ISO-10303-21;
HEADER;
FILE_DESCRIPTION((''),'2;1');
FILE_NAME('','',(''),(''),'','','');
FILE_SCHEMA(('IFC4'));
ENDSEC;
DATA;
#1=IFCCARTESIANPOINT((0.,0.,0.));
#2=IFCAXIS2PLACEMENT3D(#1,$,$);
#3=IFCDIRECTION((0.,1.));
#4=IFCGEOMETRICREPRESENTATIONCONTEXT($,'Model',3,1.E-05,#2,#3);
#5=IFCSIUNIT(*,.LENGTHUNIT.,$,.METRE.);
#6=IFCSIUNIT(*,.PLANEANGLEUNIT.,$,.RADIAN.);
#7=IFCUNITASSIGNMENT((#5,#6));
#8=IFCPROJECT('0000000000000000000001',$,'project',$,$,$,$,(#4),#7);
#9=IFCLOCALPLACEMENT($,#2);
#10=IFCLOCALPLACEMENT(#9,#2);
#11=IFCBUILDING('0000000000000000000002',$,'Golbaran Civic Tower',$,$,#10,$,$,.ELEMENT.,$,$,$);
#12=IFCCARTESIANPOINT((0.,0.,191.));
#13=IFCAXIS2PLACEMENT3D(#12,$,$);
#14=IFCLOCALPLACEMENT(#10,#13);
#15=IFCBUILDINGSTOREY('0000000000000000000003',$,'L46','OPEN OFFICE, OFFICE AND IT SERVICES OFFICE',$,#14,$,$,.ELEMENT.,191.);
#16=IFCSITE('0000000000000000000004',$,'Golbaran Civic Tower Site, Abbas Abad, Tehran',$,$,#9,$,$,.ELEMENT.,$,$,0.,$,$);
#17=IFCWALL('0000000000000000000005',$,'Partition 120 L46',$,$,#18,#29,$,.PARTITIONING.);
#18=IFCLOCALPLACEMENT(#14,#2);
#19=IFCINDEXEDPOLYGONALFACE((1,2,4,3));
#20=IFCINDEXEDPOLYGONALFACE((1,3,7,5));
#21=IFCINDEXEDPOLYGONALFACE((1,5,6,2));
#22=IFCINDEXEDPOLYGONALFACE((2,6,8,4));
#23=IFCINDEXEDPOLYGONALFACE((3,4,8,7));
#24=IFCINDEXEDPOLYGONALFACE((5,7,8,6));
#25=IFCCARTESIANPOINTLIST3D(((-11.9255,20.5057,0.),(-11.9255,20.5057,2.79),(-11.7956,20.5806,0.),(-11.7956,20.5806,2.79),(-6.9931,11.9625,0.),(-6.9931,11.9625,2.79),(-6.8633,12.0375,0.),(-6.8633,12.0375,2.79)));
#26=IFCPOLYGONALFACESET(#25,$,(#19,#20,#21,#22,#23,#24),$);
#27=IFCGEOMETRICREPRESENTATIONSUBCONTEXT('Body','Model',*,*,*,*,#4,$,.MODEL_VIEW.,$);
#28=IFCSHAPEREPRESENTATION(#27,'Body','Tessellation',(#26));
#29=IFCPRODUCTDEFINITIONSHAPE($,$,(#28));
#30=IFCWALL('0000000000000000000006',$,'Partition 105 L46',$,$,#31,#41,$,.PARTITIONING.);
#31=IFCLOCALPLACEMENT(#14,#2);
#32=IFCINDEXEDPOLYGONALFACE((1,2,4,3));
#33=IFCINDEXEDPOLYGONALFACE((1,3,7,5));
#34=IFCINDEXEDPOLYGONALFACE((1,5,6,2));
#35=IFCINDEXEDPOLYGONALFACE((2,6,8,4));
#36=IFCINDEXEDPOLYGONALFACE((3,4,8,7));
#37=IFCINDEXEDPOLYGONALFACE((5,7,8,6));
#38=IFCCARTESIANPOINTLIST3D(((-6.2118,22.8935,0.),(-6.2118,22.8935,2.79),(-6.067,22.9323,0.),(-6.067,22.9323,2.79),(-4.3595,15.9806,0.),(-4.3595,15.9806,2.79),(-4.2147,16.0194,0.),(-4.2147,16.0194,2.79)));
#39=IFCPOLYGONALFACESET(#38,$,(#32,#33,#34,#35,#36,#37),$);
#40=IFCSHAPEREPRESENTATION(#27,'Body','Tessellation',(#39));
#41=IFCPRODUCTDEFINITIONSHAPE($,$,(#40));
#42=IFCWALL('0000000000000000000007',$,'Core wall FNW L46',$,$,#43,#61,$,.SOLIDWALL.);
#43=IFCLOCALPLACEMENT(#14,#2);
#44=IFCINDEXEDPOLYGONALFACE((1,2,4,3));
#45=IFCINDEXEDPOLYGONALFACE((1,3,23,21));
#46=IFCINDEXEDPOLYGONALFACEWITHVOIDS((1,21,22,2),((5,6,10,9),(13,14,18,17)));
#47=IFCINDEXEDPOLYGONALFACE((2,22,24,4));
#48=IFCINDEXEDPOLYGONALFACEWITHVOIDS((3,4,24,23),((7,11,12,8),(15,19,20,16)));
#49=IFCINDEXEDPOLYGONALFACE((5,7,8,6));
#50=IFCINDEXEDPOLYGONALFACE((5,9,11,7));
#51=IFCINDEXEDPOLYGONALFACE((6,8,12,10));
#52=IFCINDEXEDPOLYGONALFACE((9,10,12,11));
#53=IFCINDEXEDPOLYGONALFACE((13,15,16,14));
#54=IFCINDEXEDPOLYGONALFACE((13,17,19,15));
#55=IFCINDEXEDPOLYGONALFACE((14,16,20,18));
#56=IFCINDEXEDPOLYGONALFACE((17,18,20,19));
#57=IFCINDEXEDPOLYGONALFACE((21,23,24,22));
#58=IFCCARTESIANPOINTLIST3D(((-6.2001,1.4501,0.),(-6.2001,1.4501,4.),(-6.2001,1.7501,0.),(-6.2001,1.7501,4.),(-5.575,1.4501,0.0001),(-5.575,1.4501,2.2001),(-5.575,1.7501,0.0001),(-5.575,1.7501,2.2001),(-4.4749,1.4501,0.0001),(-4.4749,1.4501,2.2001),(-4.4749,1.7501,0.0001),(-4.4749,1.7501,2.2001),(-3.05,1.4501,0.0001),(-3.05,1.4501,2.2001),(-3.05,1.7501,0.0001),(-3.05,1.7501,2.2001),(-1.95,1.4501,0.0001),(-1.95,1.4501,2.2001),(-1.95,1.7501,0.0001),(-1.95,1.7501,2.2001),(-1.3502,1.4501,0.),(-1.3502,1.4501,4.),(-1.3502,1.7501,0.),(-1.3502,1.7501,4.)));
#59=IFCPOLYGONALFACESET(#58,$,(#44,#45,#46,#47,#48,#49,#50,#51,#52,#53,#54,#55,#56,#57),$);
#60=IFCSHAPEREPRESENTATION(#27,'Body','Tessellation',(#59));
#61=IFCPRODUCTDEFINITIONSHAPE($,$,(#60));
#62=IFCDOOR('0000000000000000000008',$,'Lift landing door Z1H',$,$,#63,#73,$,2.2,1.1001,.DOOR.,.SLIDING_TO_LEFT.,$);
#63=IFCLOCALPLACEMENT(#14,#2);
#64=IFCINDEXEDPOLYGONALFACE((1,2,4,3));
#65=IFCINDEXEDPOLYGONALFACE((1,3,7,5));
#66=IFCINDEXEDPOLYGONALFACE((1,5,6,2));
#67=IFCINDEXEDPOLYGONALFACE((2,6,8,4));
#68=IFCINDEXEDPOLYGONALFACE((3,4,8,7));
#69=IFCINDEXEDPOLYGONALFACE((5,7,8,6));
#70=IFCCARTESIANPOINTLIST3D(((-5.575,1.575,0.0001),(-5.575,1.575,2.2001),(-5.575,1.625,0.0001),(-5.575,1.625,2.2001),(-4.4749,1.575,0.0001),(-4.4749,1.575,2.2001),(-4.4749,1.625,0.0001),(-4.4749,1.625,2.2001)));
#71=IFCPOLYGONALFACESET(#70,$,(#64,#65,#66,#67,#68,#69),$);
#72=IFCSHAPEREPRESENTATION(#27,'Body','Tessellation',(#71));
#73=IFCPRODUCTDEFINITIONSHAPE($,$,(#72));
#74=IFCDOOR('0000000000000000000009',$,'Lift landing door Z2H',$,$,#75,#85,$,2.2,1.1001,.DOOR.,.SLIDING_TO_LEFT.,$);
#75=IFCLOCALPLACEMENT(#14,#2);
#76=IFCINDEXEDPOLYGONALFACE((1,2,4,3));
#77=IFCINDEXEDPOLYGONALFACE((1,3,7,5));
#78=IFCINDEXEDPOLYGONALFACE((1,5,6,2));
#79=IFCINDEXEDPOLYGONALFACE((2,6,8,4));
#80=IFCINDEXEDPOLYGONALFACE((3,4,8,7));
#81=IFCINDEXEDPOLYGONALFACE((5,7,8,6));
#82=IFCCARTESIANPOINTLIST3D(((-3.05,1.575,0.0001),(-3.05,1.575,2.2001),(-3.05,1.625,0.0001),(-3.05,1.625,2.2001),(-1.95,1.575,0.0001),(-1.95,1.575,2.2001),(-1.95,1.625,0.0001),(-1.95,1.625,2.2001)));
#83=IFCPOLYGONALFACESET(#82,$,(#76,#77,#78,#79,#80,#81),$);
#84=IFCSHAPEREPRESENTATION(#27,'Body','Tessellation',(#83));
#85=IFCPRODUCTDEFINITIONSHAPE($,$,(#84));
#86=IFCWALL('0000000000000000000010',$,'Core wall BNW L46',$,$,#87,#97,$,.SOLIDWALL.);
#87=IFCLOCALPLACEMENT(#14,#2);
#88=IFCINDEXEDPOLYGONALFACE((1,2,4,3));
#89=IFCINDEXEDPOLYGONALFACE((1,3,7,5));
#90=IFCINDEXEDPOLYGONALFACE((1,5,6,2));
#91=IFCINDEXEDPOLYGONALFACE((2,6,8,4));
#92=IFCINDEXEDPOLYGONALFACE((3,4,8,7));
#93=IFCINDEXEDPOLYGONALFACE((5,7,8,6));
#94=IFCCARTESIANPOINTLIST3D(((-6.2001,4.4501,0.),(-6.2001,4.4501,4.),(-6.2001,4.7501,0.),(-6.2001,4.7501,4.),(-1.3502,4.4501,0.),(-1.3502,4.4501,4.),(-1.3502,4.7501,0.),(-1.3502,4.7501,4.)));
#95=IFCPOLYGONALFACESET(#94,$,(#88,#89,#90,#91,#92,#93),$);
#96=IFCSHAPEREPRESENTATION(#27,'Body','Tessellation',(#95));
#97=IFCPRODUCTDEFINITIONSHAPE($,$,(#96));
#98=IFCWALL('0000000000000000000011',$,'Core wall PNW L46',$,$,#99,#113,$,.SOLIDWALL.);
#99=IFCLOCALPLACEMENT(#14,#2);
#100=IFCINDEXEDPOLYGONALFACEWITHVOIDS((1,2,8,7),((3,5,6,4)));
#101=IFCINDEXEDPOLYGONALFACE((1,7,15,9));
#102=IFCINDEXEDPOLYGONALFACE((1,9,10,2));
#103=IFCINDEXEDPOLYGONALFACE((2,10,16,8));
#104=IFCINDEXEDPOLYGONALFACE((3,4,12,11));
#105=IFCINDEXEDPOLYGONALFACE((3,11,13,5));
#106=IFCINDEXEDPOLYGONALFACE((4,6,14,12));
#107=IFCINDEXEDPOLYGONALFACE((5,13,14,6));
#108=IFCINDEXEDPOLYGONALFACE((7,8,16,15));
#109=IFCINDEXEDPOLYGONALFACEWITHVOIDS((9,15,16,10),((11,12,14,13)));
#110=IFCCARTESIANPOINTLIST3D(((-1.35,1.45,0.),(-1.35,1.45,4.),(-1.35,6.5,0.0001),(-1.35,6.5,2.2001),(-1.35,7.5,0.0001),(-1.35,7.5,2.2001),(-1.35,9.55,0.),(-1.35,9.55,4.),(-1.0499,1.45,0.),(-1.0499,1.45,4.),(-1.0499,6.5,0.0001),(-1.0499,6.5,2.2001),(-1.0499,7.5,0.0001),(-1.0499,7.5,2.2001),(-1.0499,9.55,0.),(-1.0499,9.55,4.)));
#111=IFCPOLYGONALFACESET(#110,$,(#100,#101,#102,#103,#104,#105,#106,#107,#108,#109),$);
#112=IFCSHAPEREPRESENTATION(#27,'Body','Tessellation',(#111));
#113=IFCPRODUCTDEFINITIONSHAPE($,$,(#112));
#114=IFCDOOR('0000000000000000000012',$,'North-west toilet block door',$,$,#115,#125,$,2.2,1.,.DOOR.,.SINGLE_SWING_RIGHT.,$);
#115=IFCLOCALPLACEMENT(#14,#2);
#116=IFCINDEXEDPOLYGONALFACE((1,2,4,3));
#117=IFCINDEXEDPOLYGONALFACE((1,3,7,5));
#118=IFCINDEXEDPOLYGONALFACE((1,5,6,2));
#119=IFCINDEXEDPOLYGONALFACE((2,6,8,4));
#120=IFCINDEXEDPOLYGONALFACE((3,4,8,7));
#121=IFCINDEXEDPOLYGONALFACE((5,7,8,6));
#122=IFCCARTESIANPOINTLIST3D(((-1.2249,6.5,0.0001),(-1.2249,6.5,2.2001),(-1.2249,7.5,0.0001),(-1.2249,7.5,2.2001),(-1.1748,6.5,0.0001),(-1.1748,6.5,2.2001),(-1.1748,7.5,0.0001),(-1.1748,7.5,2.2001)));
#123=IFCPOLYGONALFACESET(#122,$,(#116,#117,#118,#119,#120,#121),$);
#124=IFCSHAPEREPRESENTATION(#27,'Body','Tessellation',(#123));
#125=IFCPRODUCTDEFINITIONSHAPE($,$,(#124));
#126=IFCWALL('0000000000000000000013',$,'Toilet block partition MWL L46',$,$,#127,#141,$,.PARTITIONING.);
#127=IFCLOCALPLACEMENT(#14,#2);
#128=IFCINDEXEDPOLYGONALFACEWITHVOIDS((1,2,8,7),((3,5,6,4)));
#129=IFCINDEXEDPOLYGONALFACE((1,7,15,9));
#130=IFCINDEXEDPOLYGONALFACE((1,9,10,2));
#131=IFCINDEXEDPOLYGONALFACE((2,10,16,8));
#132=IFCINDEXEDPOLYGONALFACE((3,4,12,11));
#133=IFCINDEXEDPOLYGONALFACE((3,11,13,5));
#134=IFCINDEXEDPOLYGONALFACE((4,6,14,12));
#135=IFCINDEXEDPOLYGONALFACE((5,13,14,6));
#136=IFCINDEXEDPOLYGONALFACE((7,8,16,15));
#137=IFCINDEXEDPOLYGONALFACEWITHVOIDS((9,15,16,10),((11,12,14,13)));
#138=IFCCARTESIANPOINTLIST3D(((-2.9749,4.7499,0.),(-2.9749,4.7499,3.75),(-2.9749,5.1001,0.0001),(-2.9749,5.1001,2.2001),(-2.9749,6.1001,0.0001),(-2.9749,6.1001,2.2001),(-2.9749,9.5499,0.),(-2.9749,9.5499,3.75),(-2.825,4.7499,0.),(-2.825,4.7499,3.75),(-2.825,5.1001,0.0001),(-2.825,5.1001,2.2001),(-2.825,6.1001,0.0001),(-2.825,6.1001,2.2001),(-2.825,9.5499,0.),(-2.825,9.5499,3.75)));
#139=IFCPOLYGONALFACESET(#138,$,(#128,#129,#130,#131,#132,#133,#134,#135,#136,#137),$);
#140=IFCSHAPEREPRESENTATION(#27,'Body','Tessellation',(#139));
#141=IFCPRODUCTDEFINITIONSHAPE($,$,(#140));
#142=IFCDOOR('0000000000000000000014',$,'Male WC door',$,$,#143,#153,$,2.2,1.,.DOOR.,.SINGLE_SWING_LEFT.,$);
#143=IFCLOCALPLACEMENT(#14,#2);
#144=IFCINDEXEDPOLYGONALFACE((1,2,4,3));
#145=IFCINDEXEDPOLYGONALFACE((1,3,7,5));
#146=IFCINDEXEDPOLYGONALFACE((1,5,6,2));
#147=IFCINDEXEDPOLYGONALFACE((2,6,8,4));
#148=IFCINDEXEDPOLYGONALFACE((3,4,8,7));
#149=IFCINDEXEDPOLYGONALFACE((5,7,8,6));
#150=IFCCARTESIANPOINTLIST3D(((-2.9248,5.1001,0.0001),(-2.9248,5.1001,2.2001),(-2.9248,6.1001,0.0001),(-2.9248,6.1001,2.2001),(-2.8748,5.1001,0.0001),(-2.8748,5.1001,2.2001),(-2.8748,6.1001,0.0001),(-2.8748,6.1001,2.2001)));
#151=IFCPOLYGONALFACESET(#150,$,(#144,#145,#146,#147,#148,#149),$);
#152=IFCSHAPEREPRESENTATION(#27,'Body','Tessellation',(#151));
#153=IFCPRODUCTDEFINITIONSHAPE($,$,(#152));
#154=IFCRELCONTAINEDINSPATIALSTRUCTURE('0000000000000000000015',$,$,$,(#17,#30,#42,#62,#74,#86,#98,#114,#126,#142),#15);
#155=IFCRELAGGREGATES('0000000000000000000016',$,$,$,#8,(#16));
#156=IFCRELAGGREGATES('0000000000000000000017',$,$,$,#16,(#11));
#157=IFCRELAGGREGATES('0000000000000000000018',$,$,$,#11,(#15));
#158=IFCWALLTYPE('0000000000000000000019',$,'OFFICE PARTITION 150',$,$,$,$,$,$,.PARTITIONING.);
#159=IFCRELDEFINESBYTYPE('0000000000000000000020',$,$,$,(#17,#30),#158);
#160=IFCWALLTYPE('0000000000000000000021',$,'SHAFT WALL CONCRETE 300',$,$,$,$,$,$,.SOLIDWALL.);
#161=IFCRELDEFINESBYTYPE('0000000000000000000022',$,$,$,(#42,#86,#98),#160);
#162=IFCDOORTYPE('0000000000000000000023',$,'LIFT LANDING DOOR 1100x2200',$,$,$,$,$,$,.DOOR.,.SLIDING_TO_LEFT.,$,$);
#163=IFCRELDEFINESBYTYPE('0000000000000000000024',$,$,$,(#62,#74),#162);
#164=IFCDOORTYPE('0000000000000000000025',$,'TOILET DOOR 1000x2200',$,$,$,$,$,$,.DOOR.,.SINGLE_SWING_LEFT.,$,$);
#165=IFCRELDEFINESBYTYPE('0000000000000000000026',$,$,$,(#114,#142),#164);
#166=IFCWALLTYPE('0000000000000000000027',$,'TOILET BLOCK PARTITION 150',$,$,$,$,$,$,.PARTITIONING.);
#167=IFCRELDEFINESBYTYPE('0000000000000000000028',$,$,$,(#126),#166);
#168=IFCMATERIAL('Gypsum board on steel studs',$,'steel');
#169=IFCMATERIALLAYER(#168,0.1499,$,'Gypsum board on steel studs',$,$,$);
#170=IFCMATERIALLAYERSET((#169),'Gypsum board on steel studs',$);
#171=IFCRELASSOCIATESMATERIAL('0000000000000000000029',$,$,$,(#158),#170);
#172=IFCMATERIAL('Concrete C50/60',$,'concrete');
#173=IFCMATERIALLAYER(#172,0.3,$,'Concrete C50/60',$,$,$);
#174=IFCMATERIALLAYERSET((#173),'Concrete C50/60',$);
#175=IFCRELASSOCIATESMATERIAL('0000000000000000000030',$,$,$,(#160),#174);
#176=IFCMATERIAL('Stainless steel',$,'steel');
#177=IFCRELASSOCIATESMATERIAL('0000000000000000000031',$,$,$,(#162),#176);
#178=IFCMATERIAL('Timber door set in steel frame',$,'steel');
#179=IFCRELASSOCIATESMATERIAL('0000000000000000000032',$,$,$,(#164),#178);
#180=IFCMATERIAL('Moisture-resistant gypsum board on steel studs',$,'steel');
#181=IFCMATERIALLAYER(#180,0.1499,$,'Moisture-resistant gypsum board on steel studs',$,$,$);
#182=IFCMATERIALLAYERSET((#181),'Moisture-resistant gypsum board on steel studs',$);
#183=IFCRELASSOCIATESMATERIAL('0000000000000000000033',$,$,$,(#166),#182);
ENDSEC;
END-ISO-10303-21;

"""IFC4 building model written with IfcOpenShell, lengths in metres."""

from ifc_helpers import new_model, si_unit, direction, frame, frame_2d, origin, place, context, subcontext, project, spatial, rectangle, extrude, material, layer, layer_set, type_object, element, fill, save


model = new_model("IFC4")

# Units and contexts
model_context = context("Model", 3, precision=1e-05, world=origin(), true_north=direction((0.0, 1.0)))
body_context = subcontext(model_context, "Body", "Model", "MODEL_VIEW")
ifc_project = project(units=[si_unit("LENGTHUNIT", "METRE"), si_unit("PLANEANGLEUNIT", "RADIAN")], contexts=[model_context])

# Site, building, storey
site_placement = place(None, origin())
site = spatial("IfcSite", under=ifc_project, at=site_placement, Name="Golbaran Civic Tower Site, Abbas Abad, Tehran", CompositionType="ELEMENT", RefElevation=0.0)
building_placement = place(site_placement, origin())
building = spatial("IfcBuilding", under=site, at=building_placement, Name="Golbaran Civic Tower", CompositionType="ELEMENT")
storey_placement = place(building_placement, frame((0.0, 0.0, 191.0)))
storey = spatial("IfcBuildingStorey", under=building, at=storey_placement, Name="L46", Description="OPEN OFFICE, OFFICE AND IT SERVICES OFFICE", CompositionType="ELEMENT", Elevation=191.0)

# Shared definitions
ifc_material_1 = material(Name="Timber door set in steel frame", Category="steel")

# Walls
ifc_material_2 = material(Name="Gypsum board on steel studs", Category="steel")
ifc_layer_1 = layer(ifc_material_2, 0.1499, Name="Gypsum board on steel studs")
ifc_layer_set_1 = layer_set([ifc_layer_1], Name="Gypsum board on steel studs")
wall_type_1 = type_object("IfcWallType", Name="OFFICE PARTITION 150", PredefinedType="PARTITIONING", material=ifc_layer_set_1)
wall_1_placement = place(storey_placement, frame((-6.9282, 12.0, 0.0), z_axis=(0.0, 0.0, 1.0), x_axis=(-0.499996, 0.866028, 0.0)))
element("IfcWall", 1, at=wall_1_placement, inside=storey, type_object=wall_type_1, Name="Partition 120 L46", PredefinedType="PARTITIONING", context=body_context, shape_type="SweptSolid", body=[
    extrude(rectangle(XDim=9.8647, YDim=0.1499, at=frame_2d((4.9324, 0.0))), origin(), (0.0, 0.0, 1.0), 2.79),
])
wall_2_placement = place(storey_placement, frame((-4.2871, 16.0, 0.0), z_axis=(0.0, 0.0, 1.0), x_axis=(-0.25882, 0.965926, 0.0)))
element("IfcWall", 2, at=wall_2_placement, inside=storey, type_object=wall_type_1, Name="Partition 105 L46", PredefinedType="PARTITIONING", context=body_context, shape_type="SweptSolid", body=[
    extrude(rectangle(XDim=7.1567, YDim=0.1499, at=frame_2d((3.5784, 0.0))), origin(), (0.0, 0.0, 1.0), 2.79),
])

# Wall, openings, doors
ifc_material_3 = material(Name="Concrete C50/60", Category="concrete")
ifc_layer_2 = layer(ifc_material_3, 0.3, Name="Concrete C50/60")
ifc_layer_set_2 = layer_set([ifc_layer_2], Name="Concrete C50/60")
wall_type_2 = type_object("IfcWallType", Name="SHAFT WALL CONCRETE 300", PredefinedType="SOLIDWALL", material=ifc_layer_set_2)
wall_3_placement = place(storey_placement, frame((-6.2, 1.6001, 0.0), z_axis=(0.0, 0.0, 1.0), x_axis=(1.0, 0.0, 0.0)))
wall_3 = element("IfcWall", 3, at=wall_3_placement, inside=storey, type_object=wall_type_2, Name="Core wall FNW L46", PredefinedType="SOLIDWALL", context=body_context, shape_type="SweptSolid", body=[
    extrude(rectangle(XDim=4.8499, YDim=0.3, at=frame_2d((2.4248, 0.0))), origin(), (0.0, 0.0, 1.0), 4.0),
])
opening_1_placement = place(wall_3_placement, frame((0.625, 0.0, 0.0)))
opening_1 = element("IfcOpeningElement", 4, at=opening_1_placement, cuts=wall_3, PredefinedType="OPENING", context=body_context, shape_type="SweptSolid", body=[
    extrude(rectangle(XDim=1.1001, YDim=2.2, at=frame_2d((0.55, 1.1001))), frame((0.0, 0.1599, 0.0), z_axis=(0.0, -1.0, 0.0), x_axis=(1.0, 0.0, 0.0)), (0.0, 0.0, 1.0), 0.3201),
])
opening_2_placement = place(wall_3_placement, frame((3.1499, 0.0, 0.0)))
opening_2 = element("IfcOpeningElement", 5, at=opening_2_placement, cuts=wall_3, PredefinedType="OPENING", context=body_context, shape_type="SweptSolid", body=[
    extrude(rectangle(XDim=1.1001, YDim=2.2, at=frame_2d((0.55, 1.1001))), frame((0.0, 0.1599, 0.0), z_axis=(0.0, -1.0, 0.0), x_axis=(1.0, 0.0, 0.0)), (0.0, 0.0, 1.0), 0.3201),
])
ifc_material_4 = material(Name="Stainless steel", Category="steel")
door_type_1 = type_object("IfcDoorType", Name="LIFT LANDING DOOR 1100x2200", OperationType="SLIDING_TO_LEFT", PredefinedType="DOOR", material=ifc_material_4)
door_1_placement = place(opening_1_placement, origin())
door_1 = element("IfcDoor", 6, at=door_1_placement, inside=storey, type_object=door_type_1, Name="Lift landing door Z1H", OperationType="SLIDING_TO_LEFT", OverallHeight=2.2, OverallWidth=1.1001, PredefinedType="DOOR", context=body_context, shape_type="SweptSolid", body=[
    extrude(rectangle(XDim=1.1001, YDim=2.2, at=frame_2d((0.55, 1.1001))), frame((0.0, 0.0249, 0.0), z_axis=(0.0, -1.0, 0.0), x_axis=(1.0, 0.0, 0.0)), (0.0, 0.0, 1.0), 0.05),
])
fill(opening_1, door_1)
door_2_placement = place(opening_2_placement, origin())
door_2 = element("IfcDoor", 7, at=door_2_placement, inside=storey, type_object=door_type_1, Name="Lift landing door Z2H", OperationType="SLIDING_TO_LEFT", OverallHeight=2.2, OverallWidth=1.1001, PredefinedType="DOOR", context=body_context, shape_type="SweptSolid", body=[
    extrude(rectangle(XDim=1.1001, YDim=2.2, at=frame_2d((0.55, 1.1001))), frame((0.0, 0.0249, 0.0), z_axis=(0.0, -1.0, 0.0), x_axis=(1.0, 0.0, 0.0)), (0.0, 0.0, 1.0), 0.05),
])
fill(opening_2, door_2)

# Wall
wall_4_placement = place(storey_placement, frame((-6.2, 4.6001, 0.0), z_axis=(0.0, 0.0, 1.0), x_axis=(1.0, 0.0, 0.0)))
element("IfcWall", 8, at=wall_4_placement, inside=storey, type_object=wall_type_2, Name="Core wall BNW L46", PredefinedType="SOLIDWALL", context=body_context, shape_type="SweptSolid", body=[
    extrude(rectangle(XDim=4.8499, YDim=0.3, at=frame_2d((2.4248, 0.0))), origin(), (0.0, 0.0, 1.0), 4.0),
])

# Walls, openings, doors
wall_5_placement = place(storey_placement, frame((-1.2, 1.45, 0.0), z_axis=(0.0, 0.0, 1.0), x_axis=(0.0, 1.0, 0.0)))
wall_5 = element("IfcWall", 9, at=wall_5_placement, inside=storey, type_object=wall_type_2, Name="Core wall PNW L46", PredefinedType="SOLIDWALL", context=body_context, shape_type="SweptSolid", body=[
    extrude(rectangle(XDim=8.1001, YDim=0.3, at=frame_2d((4.05, 0.0))), origin(), (0.0, 0.0, 1.0), 4.0),
])
opening_3_placement = place(wall_5_placement, frame((5.05, 0.0, 0.0)))
opening_3 = element("IfcOpeningElement", 10, at=opening_3_placement, cuts=wall_5, PredefinedType="OPENING", context=body_context, shape_type="SweptSolid", body=[
    extrude(rectangle(XDim=1.0, YDim=2.2, at=frame_2d((0.5, 1.1001))), frame((0.0, 0.1599, 0.0), z_axis=(0.0, -1.0, 0.0), x_axis=(1.0, 0.0, 0.0)), (0.0, 0.0, 1.0), 0.3201),
])
door_type_2 = type_object("IfcDoorType", Name="TOILET DOOR 1000x2200", OperationType="SINGLE_SWING_LEFT", PredefinedType="DOOR", material=ifc_material_1)
door_3_placement = place(opening_3_placement, origin())
door_3 = element("IfcDoor", 11, at=door_3_placement, inside=storey, type_object=door_type_2, Name="North-west toilet block door", OperationType="SINGLE_SWING_RIGHT", OverallHeight=2.2, OverallWidth=1.0, PredefinedType="DOOR", context=body_context, shape_type="SweptSolid", body=[
    extrude(rectangle(XDim=1.0, YDim=2.2, at=frame_2d((0.5, 1.1001))), frame((0.0, 0.0249, 0.0), z_axis=(0.0, -1.0, 0.0), x_axis=(1.0, 0.0, 0.0)), (0.0, 0.0, 1.0), 0.05),
])
fill(opening_3, door_3)
ifc_material_5 = material(Name="Moisture-resistant gypsum board on steel studs", Category="steel")
ifc_layer_3 = layer(ifc_material_5, 0.1499, Name="Moisture-resistant gypsum board on steel studs")
ifc_layer_set_3 = layer_set([ifc_layer_3], Name="Moisture-resistant gypsum board on steel studs")
wall_type_3 = type_object("IfcWallType", Name="TOILET BLOCK PARTITION 150", PredefinedType="PARTITIONING", material=ifc_layer_set_3)
wall_6_placement = place(storey_placement, frame((-2.8999, 4.75, 0.0), z_axis=(0.0, 0.0, 1.0), x_axis=(0.0, 1.0, 0.0)))
wall_6 = element("IfcWall", 12, at=wall_6_placement, inside=storey, type_object=wall_type_3, Name="Toilet block partition MWL L46", PredefinedType="PARTITIONING", context=body_context, shape_type="SweptSolid", body=[
    extrude(rectangle(XDim=4.8, YDim=0.1499, at=frame_2d((2.3999, 0.0))), origin(), (0.0, 0.0, 1.0), 3.75),
])
opening_4_placement = place(wall_6_placement, frame((0.3501, 0.0, 0.0)))
opening_4 = element("IfcOpeningElement", 13, at=opening_4_placement, cuts=wall_6, PredefinedType="OPENING", context=body_context, shape_type="SweptSolid", body=[
    extrude(rectangle(XDim=1.0, YDim=2.2, at=frame_2d((0.5, 1.1001))), frame((0.0, 0.085, 0.0), z_axis=(0.0, -1.0, 0.0), x_axis=(1.0, 0.0, 0.0)), (0.0, 0.0, 1.0), 0.1699),
])
door_4_placement = place(opening_4_placement, origin())
door_4 = element("IfcDoor", 14, at=door_4_placement, inside=storey, type_object=door_type_2, Name="Male WC door", OperationType="SINGLE_SWING_LEFT", OverallHeight=2.2, OverallWidth=1.0, PredefinedType="DOOR", context=body_context, shape_type="SweptSolid", body=[
    extrude(rectangle(XDim=1.0, YDim=2.2, at=frame_2d((0.5, 1.1001))), frame((0.0, 0.0249, 0.0), z_axis=(0.0, -1.0, 0.0), x_axis=(1.0, 0.0, 0.0)), (0.0, 0.0, 1.0), 0.05),
])
fill(opening_4, door_4)

save(model, "model.ifc")
